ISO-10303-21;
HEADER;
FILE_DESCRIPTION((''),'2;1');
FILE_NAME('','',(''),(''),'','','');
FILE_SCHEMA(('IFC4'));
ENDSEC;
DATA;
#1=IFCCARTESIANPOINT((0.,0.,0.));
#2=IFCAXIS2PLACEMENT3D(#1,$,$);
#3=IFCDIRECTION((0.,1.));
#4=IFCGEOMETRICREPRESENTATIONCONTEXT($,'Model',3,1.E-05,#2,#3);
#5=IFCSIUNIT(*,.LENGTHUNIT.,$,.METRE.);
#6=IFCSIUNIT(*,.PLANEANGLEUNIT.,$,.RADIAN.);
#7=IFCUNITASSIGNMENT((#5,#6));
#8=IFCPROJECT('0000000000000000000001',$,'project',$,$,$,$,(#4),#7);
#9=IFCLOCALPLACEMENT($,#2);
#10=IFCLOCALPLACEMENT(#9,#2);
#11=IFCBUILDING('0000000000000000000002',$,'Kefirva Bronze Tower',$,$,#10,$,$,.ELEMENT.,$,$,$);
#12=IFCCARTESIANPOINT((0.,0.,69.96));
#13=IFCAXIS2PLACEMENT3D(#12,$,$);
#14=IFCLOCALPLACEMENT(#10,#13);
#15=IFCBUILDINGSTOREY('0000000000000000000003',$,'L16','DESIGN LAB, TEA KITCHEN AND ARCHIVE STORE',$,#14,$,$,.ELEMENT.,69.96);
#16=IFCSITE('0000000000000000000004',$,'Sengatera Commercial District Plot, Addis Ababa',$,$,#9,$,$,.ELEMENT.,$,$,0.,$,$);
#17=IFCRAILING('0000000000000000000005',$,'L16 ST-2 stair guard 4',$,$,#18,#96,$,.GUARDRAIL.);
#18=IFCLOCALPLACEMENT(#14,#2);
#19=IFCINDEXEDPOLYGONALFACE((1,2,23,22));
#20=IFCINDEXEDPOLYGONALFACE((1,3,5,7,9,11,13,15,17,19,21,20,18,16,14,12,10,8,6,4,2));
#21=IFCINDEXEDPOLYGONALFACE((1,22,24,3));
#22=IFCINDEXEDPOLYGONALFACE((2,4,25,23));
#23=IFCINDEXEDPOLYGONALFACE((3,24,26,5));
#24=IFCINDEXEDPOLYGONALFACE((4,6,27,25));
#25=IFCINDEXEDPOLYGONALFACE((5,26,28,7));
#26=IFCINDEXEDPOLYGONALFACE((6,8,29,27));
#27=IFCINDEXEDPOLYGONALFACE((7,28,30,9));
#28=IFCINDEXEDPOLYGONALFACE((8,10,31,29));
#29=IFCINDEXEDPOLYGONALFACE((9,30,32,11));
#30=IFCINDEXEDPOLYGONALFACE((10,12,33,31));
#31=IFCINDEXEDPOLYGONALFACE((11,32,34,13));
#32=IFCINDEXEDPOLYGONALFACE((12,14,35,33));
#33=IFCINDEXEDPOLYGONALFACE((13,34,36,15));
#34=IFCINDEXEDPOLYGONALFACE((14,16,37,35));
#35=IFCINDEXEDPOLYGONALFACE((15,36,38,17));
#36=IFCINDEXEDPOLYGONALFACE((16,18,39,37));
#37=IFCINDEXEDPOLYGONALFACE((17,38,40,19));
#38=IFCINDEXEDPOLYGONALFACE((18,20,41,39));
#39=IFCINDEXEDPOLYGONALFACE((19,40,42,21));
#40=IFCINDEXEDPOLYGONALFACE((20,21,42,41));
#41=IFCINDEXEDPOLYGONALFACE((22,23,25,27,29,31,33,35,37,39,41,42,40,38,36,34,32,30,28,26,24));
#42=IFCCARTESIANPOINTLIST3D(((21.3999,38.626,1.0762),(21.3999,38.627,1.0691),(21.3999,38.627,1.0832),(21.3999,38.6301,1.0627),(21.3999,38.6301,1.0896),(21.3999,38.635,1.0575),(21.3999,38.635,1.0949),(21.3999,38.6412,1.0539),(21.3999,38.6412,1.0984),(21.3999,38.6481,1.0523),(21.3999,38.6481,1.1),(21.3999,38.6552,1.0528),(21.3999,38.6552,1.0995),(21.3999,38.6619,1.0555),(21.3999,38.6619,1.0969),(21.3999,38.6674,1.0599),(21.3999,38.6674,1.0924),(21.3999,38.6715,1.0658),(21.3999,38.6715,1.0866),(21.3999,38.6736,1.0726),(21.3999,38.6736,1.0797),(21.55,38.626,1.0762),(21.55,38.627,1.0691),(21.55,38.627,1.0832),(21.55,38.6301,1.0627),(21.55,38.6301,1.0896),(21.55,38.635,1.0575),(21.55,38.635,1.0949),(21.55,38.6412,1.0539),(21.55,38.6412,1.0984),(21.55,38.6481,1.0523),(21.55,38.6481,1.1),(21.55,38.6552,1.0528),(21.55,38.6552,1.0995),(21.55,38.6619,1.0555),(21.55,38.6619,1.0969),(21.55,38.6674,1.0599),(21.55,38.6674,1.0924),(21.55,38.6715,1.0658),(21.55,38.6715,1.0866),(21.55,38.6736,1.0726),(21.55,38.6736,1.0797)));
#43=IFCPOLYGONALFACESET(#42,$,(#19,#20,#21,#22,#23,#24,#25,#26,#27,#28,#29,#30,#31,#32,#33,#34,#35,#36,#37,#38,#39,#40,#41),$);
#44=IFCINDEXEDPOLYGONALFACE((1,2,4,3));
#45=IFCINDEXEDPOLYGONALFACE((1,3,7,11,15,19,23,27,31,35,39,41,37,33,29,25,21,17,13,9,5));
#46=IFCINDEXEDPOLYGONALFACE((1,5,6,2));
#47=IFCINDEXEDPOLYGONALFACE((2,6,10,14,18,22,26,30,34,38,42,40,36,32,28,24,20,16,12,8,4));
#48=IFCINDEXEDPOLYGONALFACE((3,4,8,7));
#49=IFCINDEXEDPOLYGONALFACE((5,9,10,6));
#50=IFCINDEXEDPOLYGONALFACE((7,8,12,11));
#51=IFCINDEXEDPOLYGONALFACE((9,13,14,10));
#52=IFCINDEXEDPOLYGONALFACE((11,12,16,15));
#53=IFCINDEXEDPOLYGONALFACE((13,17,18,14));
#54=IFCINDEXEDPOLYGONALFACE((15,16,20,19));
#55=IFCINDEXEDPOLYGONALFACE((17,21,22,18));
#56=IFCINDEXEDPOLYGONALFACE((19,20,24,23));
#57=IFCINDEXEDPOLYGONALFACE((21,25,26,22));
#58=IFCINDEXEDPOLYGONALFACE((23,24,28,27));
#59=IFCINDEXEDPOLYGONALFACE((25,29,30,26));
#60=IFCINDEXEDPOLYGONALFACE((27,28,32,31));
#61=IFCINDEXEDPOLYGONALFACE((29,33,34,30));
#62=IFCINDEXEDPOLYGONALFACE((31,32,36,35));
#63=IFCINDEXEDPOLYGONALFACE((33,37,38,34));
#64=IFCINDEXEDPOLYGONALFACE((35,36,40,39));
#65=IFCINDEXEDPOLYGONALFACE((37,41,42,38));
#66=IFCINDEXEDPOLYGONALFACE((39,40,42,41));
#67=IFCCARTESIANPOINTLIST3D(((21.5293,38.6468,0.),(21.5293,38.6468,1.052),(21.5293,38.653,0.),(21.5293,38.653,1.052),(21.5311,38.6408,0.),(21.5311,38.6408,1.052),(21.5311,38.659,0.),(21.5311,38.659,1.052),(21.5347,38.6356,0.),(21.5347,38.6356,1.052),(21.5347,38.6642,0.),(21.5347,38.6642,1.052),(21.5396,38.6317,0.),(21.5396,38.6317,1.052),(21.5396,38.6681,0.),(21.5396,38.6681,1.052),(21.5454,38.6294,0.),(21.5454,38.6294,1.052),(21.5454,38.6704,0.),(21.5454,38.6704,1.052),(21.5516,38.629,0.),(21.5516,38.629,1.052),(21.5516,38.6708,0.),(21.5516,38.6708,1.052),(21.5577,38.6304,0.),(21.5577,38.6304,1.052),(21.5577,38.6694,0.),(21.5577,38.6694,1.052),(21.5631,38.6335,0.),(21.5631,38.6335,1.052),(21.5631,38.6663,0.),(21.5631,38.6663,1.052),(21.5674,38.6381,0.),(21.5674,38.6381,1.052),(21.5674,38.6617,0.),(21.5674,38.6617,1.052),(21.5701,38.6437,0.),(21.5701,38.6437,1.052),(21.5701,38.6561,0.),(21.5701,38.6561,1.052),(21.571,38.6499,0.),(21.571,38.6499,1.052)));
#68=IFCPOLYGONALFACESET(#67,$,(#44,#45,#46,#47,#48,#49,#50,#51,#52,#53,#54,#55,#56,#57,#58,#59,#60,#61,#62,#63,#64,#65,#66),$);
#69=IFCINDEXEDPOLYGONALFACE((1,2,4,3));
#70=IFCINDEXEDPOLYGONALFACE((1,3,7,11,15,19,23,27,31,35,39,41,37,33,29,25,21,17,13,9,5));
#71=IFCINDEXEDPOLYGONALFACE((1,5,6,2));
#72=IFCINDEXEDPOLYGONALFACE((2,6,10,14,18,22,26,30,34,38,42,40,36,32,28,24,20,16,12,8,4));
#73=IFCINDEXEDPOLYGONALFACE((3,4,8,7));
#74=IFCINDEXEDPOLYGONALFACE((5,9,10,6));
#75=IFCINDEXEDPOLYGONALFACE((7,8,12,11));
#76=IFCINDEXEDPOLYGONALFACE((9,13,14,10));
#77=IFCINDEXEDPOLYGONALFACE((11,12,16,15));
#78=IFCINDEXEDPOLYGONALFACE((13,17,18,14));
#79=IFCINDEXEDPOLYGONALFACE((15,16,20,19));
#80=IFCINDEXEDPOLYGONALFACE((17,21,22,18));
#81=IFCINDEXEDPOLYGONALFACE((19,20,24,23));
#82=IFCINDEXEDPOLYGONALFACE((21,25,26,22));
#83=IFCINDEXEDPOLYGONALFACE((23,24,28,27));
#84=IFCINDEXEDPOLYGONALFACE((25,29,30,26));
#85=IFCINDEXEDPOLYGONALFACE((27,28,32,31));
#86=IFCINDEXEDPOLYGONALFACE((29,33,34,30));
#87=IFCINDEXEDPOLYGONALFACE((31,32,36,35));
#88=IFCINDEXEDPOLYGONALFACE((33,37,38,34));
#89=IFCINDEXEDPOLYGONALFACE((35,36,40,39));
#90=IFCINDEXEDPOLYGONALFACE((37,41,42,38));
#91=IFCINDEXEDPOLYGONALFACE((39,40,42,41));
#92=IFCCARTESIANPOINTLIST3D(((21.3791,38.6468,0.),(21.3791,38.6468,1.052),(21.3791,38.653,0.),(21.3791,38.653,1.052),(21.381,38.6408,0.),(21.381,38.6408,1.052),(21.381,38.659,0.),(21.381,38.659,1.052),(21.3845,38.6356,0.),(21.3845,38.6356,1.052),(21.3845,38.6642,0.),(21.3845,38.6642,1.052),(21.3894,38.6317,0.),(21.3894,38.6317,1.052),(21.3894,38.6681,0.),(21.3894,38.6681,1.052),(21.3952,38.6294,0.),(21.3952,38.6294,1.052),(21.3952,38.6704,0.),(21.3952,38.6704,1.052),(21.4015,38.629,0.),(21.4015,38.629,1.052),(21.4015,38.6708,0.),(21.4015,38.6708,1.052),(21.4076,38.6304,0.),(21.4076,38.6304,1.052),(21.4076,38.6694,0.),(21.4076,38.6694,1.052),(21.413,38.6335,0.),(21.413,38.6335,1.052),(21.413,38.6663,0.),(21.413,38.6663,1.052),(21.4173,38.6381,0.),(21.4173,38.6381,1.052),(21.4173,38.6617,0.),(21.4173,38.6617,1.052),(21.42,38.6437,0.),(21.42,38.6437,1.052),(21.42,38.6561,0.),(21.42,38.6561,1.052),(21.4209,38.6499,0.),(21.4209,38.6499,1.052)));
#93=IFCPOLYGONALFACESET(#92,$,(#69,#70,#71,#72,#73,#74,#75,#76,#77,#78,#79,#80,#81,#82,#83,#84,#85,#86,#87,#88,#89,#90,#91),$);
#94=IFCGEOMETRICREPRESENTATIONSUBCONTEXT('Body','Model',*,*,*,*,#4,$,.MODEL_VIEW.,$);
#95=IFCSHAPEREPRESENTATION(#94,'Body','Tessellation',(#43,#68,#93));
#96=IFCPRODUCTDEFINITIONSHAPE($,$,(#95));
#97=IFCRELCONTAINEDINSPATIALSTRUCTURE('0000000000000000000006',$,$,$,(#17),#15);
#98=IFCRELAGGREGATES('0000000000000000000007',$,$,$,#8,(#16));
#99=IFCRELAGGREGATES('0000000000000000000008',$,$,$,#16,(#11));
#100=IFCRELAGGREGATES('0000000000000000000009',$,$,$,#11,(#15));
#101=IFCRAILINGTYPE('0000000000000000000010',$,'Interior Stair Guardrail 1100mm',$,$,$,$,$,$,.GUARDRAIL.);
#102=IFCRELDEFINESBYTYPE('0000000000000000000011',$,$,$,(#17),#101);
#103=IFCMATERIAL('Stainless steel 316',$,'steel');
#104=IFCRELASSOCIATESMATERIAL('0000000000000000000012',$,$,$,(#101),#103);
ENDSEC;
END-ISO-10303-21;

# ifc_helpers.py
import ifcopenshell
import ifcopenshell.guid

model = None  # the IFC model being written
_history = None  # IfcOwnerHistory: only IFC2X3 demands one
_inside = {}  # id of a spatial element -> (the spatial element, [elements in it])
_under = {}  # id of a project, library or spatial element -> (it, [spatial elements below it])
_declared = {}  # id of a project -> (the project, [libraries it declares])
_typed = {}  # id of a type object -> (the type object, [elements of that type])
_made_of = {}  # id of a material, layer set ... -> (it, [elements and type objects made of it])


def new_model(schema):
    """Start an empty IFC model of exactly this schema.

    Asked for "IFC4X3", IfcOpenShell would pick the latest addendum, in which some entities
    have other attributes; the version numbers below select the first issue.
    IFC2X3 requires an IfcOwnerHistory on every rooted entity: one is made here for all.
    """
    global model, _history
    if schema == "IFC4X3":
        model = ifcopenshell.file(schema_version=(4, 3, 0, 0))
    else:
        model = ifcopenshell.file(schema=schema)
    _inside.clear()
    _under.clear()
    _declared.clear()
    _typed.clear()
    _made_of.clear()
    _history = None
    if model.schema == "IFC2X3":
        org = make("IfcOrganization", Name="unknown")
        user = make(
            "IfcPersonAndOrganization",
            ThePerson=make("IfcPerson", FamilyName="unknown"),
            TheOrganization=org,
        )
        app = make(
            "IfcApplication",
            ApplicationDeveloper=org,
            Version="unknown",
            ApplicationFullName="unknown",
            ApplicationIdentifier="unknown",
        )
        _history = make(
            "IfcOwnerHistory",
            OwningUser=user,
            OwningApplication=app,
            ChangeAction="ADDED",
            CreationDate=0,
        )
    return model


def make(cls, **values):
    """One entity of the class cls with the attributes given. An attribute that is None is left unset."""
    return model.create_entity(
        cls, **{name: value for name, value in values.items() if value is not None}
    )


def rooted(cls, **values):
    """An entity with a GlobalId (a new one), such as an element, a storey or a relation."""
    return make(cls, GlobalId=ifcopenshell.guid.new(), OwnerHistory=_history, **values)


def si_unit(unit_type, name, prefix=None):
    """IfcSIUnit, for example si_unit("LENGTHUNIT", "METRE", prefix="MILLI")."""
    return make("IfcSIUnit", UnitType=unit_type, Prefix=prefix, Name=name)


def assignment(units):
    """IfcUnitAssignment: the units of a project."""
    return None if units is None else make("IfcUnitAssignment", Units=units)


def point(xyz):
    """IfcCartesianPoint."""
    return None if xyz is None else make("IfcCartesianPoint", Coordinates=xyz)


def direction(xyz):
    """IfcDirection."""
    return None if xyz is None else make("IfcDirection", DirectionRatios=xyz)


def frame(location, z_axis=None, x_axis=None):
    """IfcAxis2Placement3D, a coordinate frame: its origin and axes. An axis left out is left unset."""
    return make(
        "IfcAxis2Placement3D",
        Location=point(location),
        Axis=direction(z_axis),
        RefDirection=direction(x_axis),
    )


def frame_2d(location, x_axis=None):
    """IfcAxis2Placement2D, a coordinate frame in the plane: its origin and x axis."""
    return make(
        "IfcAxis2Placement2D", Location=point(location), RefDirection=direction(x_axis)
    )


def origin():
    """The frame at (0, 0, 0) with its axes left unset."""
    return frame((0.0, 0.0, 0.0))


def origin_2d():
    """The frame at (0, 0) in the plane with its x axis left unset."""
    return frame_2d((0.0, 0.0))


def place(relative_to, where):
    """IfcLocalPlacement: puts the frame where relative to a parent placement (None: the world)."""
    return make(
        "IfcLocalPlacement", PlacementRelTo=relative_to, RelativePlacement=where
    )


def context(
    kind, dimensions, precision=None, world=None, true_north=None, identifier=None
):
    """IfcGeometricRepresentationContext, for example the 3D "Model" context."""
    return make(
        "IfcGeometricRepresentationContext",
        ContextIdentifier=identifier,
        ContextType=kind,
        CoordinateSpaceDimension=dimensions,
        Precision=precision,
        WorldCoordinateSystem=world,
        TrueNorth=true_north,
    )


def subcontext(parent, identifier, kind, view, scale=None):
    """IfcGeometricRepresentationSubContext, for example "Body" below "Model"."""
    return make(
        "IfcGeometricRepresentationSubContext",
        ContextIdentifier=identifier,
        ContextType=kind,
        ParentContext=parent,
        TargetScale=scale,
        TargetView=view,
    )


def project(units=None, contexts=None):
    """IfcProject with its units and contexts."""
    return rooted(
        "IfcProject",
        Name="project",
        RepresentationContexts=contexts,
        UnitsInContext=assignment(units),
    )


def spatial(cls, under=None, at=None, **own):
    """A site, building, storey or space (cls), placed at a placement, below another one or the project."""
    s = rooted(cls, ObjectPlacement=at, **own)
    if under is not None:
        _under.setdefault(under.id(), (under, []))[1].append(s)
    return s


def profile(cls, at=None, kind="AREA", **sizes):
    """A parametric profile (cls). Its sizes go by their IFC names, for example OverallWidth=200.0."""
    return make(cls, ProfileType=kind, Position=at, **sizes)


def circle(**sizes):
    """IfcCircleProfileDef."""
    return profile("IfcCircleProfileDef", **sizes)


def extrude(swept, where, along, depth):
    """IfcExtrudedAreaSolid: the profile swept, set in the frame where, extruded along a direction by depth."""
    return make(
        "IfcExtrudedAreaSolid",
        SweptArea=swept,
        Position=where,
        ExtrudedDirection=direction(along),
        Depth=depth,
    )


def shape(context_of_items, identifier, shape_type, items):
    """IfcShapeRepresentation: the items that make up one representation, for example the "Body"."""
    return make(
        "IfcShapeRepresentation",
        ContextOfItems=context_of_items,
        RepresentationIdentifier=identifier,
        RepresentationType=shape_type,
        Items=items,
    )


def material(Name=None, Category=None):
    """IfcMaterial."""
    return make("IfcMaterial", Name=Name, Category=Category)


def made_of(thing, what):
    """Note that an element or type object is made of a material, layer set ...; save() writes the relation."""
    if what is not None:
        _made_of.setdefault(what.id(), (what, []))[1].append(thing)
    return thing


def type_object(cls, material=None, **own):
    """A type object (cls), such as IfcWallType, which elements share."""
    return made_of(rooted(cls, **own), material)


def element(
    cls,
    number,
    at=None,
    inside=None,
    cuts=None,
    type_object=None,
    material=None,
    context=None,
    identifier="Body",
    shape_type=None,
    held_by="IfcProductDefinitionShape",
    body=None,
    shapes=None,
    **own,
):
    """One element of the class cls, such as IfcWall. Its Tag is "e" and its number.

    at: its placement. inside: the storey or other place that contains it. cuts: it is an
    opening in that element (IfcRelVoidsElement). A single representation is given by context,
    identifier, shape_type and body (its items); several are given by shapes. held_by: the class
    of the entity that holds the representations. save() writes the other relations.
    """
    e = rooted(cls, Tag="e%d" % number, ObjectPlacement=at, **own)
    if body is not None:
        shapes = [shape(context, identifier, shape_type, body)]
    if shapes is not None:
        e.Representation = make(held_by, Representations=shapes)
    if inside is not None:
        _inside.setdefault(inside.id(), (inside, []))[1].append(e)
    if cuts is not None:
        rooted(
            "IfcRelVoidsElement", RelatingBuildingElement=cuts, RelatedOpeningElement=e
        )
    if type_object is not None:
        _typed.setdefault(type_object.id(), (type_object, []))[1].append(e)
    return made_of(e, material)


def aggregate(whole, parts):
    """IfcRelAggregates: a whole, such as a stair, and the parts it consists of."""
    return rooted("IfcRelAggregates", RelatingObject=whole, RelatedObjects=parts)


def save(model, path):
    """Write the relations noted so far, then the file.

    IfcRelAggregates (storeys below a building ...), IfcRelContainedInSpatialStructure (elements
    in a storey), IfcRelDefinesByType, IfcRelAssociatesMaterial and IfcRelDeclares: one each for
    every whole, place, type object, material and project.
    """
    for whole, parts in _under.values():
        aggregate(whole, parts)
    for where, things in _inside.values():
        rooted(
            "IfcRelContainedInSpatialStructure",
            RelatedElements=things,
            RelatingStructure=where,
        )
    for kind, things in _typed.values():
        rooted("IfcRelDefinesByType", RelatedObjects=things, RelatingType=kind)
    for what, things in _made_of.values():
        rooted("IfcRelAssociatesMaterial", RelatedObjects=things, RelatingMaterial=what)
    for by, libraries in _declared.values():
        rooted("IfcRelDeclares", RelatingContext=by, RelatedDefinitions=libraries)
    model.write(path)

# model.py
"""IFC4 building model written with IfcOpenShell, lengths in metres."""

from ifc_helpers import new_model, si_unit, direction, frame, origin, origin_2d, place, context, subcontext, project, spatial, circle, extrude, material, type_object, element, save


model = new_model("IFC4")

# Units and contexts
model_context = context("Model", 3, precision=1e-05, world=origin(), true_north=direction((0.0, 1.0)))
body_context = subcontext(model_context, "Body", "Model", "MODEL_VIEW")
ifc_project = project(units=[si_unit("LENGTHUNIT", "METRE"), si_unit("PLANEANGLEUNIT", "RADIAN")], contexts=[model_context])

# Site, building, storey
site_placement = place(None, origin())
site = spatial("IfcSite", under=ifc_project, at=site_placement, Name="Sengatera Commercial District Plot, Addis Ababa", CompositionType="ELEMENT", RefElevation=0.0)
building_placement = place(site_placement, origin())
building = spatial("IfcBuilding", under=site, at=building_placement, Name="Kefirva Bronze Tower", CompositionType="ELEMENT")
storey_placement = place(building_placement, frame((0.0, 0.0, 69.96)))
storey = spatial("IfcBuildingStorey", under=building, at=storey_placement, Name="L16", Description="DESIGN LAB, TEA KITCHEN AND ARCHIVE STORE", CompositionType="ELEMENT", Elevation=69.96)

# Railing
ifc_material_1 = material(Name="Stainless steel 316", Category="steel")
railing_type_1 = type_object("IfcRailingType", Name="Interior Stair Guardrail 1100mm", PredefinedType="GUARDRAIL", material=ifc_material_1)
railing_1_placement = place(storey_placement, frame((21.55, 38.6499, 0.0)))
element("IfcRailing", 1, at=railing_1_placement, inside=storey, type_object=railing_type_1, Name="L16 ST-2 stair guard 4", PredefinedType="GUARDRAIL", context=body_context, shape_type="SweptSolid", body=[
    extrude(circle(Radius=0.0239, at=origin_2d()), frame((0.0, 0.0, 1.0762), z_axis=(-1.0, 0.0, 0.0), x_axis=(0.0, -1.0, 0.0)), (0.0, 0.0, 1.0), 0.1501),
    extrude(circle(Radius=0.021, at=origin_2d()), origin(), (0.0, 0.0, 1.0), 1.052),
    extrude(circle(Radius=0.021, at=origin_2d()), frame((-0.1501, 0.0, 0.0)), (0.0, 0.0, 1.0), 1.052),
])

save(model, "model.ifc")
